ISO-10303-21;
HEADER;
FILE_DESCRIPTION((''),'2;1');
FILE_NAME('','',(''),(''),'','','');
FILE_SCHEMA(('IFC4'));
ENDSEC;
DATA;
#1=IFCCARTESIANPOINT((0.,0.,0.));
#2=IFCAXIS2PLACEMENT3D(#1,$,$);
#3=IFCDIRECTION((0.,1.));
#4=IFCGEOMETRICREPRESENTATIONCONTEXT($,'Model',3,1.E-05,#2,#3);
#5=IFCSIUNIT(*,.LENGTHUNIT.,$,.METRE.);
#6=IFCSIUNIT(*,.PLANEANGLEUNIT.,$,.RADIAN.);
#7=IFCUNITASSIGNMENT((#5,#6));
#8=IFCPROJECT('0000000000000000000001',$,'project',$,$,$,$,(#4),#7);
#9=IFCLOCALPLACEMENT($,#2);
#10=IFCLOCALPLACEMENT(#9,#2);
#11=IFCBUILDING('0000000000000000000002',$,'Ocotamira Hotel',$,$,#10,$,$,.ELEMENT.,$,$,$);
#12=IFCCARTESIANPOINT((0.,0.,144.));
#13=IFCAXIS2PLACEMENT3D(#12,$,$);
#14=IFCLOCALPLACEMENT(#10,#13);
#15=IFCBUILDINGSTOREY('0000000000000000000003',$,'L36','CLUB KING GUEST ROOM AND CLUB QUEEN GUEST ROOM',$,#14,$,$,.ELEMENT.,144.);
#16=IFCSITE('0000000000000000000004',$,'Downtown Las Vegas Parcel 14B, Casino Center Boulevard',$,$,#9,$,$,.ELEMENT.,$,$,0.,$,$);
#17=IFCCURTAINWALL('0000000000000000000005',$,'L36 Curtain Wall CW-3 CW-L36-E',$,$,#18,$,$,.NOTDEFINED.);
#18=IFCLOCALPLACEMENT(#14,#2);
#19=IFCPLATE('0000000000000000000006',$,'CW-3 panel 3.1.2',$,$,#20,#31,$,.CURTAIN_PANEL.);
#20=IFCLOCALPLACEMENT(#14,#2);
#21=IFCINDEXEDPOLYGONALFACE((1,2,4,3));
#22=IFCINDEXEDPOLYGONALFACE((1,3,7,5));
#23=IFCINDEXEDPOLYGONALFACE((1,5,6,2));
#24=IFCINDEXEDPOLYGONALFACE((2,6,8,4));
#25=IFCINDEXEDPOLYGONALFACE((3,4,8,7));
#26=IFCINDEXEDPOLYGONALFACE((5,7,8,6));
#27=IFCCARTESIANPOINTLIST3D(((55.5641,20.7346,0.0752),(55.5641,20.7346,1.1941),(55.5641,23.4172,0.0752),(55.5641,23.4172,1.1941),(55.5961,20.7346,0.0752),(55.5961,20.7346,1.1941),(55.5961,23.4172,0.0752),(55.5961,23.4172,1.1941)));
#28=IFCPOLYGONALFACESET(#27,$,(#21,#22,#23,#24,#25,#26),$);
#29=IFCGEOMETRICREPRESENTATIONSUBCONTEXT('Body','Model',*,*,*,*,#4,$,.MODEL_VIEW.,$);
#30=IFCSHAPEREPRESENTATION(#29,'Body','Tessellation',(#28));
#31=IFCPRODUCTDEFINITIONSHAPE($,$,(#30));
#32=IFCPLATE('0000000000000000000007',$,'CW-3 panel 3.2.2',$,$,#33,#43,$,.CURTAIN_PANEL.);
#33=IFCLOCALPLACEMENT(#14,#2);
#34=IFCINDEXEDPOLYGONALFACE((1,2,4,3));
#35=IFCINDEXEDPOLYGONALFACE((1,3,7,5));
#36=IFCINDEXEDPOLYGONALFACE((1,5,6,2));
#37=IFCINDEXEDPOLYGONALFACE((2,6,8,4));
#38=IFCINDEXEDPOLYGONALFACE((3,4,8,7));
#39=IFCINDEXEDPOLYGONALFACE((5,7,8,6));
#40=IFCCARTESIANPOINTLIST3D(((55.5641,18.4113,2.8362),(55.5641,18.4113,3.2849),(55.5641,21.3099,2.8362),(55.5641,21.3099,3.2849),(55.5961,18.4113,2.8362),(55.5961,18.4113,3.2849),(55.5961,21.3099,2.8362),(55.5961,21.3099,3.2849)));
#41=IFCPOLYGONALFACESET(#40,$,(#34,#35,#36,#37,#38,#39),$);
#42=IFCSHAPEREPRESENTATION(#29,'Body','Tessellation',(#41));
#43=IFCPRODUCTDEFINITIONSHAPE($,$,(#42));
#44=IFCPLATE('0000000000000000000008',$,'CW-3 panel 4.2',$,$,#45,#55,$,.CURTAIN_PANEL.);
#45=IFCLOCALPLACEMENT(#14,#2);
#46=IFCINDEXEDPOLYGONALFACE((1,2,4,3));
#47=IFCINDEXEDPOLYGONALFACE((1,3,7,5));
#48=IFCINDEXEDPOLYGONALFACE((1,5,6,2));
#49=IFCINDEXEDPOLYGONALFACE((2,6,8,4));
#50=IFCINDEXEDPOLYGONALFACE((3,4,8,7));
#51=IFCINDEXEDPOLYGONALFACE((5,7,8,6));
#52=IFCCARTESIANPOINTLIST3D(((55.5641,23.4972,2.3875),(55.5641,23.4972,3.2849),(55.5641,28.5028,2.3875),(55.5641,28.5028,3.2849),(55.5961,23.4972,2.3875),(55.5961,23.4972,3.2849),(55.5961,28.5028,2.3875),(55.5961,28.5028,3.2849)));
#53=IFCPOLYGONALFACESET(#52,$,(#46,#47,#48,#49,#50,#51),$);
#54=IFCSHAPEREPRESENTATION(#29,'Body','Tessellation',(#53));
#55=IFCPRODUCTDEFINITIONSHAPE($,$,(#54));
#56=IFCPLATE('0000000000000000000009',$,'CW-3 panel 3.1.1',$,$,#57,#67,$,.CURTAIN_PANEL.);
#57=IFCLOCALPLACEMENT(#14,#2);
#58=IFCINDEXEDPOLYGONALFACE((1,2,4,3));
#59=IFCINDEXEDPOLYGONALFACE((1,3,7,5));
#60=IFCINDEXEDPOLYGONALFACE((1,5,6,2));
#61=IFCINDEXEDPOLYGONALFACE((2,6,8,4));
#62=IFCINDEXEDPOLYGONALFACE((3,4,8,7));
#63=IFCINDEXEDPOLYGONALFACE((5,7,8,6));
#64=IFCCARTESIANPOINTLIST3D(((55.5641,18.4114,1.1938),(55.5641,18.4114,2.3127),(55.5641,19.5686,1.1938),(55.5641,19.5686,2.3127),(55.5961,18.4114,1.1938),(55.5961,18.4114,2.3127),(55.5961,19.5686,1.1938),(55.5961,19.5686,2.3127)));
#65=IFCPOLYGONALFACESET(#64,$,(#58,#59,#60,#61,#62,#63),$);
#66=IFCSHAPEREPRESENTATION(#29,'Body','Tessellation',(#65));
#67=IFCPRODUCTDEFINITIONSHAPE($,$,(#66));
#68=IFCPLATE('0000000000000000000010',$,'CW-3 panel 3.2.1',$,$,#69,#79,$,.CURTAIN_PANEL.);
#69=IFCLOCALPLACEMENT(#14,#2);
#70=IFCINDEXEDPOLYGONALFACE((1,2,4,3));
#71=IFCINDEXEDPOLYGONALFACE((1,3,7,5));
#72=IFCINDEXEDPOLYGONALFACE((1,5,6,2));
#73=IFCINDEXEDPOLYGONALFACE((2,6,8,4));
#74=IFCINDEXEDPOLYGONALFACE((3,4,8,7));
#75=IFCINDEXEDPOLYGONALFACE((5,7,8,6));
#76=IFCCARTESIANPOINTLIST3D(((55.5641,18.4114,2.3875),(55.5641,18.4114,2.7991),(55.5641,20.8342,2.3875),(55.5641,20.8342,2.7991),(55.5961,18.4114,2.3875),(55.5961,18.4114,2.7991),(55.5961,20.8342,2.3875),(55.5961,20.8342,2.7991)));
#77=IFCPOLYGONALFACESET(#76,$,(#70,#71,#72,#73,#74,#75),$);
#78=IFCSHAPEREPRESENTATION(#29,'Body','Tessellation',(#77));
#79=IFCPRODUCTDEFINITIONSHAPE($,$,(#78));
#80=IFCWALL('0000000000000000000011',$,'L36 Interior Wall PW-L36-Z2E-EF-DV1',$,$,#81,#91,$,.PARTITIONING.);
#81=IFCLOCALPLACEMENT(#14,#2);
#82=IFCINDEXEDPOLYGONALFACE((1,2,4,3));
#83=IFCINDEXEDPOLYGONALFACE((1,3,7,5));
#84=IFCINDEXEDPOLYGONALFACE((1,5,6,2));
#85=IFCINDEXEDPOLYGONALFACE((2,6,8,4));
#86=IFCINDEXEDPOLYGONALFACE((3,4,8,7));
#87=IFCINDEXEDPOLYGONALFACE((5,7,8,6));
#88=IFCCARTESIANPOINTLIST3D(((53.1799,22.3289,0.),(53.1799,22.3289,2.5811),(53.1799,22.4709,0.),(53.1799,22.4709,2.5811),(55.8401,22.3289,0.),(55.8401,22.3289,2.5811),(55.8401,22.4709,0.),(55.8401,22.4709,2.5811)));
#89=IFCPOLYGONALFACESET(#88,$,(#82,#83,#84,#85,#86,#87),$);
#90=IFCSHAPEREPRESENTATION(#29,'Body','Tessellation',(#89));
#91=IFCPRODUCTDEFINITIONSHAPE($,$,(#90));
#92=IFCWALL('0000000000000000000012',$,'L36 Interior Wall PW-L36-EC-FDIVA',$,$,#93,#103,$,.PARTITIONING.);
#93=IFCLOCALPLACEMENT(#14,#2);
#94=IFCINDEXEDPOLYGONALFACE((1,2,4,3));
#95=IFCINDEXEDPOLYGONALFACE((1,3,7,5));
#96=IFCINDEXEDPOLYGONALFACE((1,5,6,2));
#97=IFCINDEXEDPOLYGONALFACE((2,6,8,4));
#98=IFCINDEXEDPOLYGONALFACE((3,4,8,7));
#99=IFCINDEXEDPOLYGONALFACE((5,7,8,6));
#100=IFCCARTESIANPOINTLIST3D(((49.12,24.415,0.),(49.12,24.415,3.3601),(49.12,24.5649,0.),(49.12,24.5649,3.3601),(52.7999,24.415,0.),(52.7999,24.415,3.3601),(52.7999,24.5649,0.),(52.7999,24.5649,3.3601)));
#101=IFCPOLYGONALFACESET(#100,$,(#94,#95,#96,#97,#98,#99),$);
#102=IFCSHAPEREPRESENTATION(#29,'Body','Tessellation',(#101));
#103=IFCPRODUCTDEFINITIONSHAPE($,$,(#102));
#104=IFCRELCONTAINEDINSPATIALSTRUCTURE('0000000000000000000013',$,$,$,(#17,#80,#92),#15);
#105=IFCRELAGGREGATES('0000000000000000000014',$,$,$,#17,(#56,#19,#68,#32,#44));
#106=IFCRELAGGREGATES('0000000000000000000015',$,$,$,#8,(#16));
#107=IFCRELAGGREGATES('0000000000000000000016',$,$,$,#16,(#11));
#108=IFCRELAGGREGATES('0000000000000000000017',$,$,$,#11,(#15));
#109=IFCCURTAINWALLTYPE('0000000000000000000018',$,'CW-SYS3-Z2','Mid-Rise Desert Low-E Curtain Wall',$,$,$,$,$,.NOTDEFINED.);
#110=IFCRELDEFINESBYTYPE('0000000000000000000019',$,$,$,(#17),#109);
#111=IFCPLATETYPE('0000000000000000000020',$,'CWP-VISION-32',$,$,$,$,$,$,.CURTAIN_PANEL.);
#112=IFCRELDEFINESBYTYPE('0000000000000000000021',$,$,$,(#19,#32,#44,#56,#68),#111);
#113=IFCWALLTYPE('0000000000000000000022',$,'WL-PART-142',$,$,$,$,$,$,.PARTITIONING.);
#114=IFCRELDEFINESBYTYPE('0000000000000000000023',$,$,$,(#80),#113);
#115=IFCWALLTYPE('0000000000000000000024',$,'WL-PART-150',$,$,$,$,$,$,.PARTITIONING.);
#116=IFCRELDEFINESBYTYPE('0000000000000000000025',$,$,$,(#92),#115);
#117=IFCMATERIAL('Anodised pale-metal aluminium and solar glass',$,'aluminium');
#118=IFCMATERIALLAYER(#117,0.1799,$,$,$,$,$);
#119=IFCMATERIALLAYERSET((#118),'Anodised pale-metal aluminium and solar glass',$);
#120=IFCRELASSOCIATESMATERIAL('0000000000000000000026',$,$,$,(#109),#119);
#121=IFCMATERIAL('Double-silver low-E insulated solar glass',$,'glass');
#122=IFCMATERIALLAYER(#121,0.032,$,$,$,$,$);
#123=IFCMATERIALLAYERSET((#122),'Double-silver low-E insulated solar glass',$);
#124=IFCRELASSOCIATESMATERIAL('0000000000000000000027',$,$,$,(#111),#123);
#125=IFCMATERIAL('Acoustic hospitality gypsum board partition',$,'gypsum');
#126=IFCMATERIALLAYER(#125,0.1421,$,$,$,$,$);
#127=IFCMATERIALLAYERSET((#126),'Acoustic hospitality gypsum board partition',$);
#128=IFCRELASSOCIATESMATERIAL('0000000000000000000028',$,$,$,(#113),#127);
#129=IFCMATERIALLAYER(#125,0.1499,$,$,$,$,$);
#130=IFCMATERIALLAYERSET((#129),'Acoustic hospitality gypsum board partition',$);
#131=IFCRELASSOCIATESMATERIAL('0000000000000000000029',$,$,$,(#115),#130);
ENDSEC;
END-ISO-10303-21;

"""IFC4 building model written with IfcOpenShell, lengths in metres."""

from ifc_helpers import new_model, si_unit, direction, frame, frame_2d, origin, origin_2d, place, context, subcontext, project, spatial, rectangle, extrude, source, transform, mapped, material, layer, layer_set, type_object, element, aggregate, save


model = new_model("IFC4")

# Units and contexts
model_context = context("Model", 3, precision=1e-05, world=origin(), true_north=direction((0.0, 1.0)))
body_context = subcontext(model_context, "Body", "Model", "MODEL_VIEW")
ifc_project = project(units=[si_unit("LENGTHUNIT", "METRE"), si_unit("PLANEANGLEUNIT", "RADIAN")], contexts=[model_context])

# Site, building, storey
site_placement = place(None, origin())
site = spatial("IfcSite", under=ifc_project, at=site_placement, Name="Downtown Las Vegas Parcel 14B, Casino Center Boulevard", CompositionType="ELEMENT", RefElevation=0.0)
building_placement = place(site_placement, origin())
building = spatial("IfcBuilding", under=site, at=building_placement, Name="Ocotamira Hotel", CompositionType="ELEMENT")
storey_placement = place(building_placement, frame((0.0, 0.0, 144.0)))
storey = spatial("IfcBuildingStorey", under=building, at=storey_placement, Name="L36", Description="CLUB KING GUEST ROOM AND CLUB QUEEN GUEST ROOM", CompositionType="ELEMENT", Elevation=144.0)

# Curtain wall
ifc_material_1 = material(Name="Anodised pale-metal aluminium and solar glass", Category="aluminium")
ifc_layer_1 = layer(ifc_material_1, 0.1799)
ifc_layer_set_1 = layer_set([ifc_layer_1], Name="Anodised pale-metal aluminium and solar glass")
curtain_wall_type = type_object("IfcCurtainWallType", Name="CW-SYS3-Z2", Description="Mid-Rise Desert Low-E Curtain Wall", PredefinedType="NOTDEFINED", material=ifc_layer_set_1)
curtain_wall_placement = place(storey_placement, origin())
curtain_wall = element("IfcCurtainWall", 1, at=curtain_wall_placement, inside=storey, type_object=curtain_wall_type, Name="L36 Curtain Wall CW-3 CW-L36-E", PredefinedType="NOTDEFINED")

# Plates
ifc_material_2 = material(Name="Double-silver low-E insulated solar glass", Category="glass")
ifc_layer_2 = layer(ifc_material_2, 0.032)
ifc_layer_set_2 = layer_set([ifc_layer_2], Name="Double-silver low-E insulated solar glass")
plate_type_1 = type_object("IfcPlateType", Name="CWP-VISION-32", PredefinedType="CURTAIN_PANEL", material=ifc_layer_set_2)
shared_shape_1 = source(origin(), body_context, "Body", "SweptSolid", [
    extrude(rectangle(XDim=2.6826, YDim=0.032, at=origin_2d()), origin(), (0.0, 0.0, 1.0), 1.1189),
])
plate_1_placement = place(storey_placement, frame((55.5801, 22.0759, 0.0752), z_axis=(0.0, 0.0, 1.0), x_axis=(0.0, 1.0, 0.0)))
plate_1 = element("IfcPlate", 2, at=plate_1_placement, type_object=plate_type_1, Name="CW-3 panel 3.1.2", PredefinedType="CURTAIN_PANEL", context=body_context, shape_type="MappedRepresentation", body=[
    mapped(shared_shape_1, transform((0.0, 0.0, 0.0), scale=1.0)),
])
shared_shape_2 = source(origin(), body_context, "Body", "SweptSolid", [
    extrude(rectangle(XDim=2.8987, YDim=0.032, at=origin_2d()), origin(), (0.0, 0.0, 1.0), 0.4487),
])
plate_2_placement = place(storey_placement, frame((55.5801, 19.8606, 2.8362), z_axis=(0.0, 0.0, 1.0), x_axis=(0.0, 1.0, 0.0)))
plate_2 = element("IfcPlate", 3, at=plate_2_placement, type_object=plate_type_1, Name="CW-3 panel 3.2.2", PredefinedType="CURTAIN_PANEL", context=body_context, shape_type="MappedRepresentation", body=[
    mapped(shared_shape_2, transform((0.0, 0.0, 0.0), scale=1.0)),
])
shared_shape_3 = source(origin(), body_context, "Body", "SweptSolid", [
    extrude(rectangle(XDim=5.0056, YDim=0.032, at=origin_2d()), origin(), (0.0, 0.0, 1.0), 0.8975),
])
plate_3_placement = place(storey_placement, frame((55.5801, 26.0, 2.3875), z_axis=(0.0, 0.0, 1.0), x_axis=(0.0, 1.0, 0.0)))
plate_3 = element("IfcPlate", 4, at=plate_3_placement, type_object=plate_type_1, Name="CW-3 panel 4.2", PredefinedType="CURTAIN_PANEL", context=body_context, shape_type="MappedRepresentation", body=[
    mapped(shared_shape_3, transform((0.0, 0.0, 0.0), scale=1.0)),
])
shared_shape_4 = source(origin(), body_context, "Body", "SweptSolid", [
    extrude(rectangle(XDim=1.1572, YDim=0.032, at=origin_2d()), origin(), (0.0, 0.0, 1.0), 1.1189),
])
plate_4_placement = place(storey_placement, frame((55.5801, 18.99, 1.1938), z_axis=(0.0, 0.0, 1.0), x_axis=(0.0, 1.0, 0.0)))
plate_4 = element("IfcPlate", 5, at=plate_4_placement, type_object=plate_type_1, Name="CW-3 panel 3.1.1", PredefinedType="CURTAIN_PANEL", context=body_context, shape_type="MappedRepresentation", body=[
    mapped(shared_shape_4, transform((0.0, 0.0, 0.0), scale=1.0)),
])
shared_shape_5 = source(origin(), body_context, "Body", "SweptSolid", [
    extrude(rectangle(XDim=2.4229, YDim=0.032, at=origin_2d()), origin(), (0.0, 0.0, 1.0), 0.4116),
])
plate_5_placement = place(storey_placement, frame((55.5801, 19.6228, 2.3875), z_axis=(0.0, 0.0, 1.0), x_axis=(0.0, 1.0, 0.0)))
plate_5 = element("IfcPlate", 6, at=plate_5_placement, type_object=plate_type_1, Name="CW-3 panel 3.2.1", PredefinedType="CURTAIN_PANEL", context=body_context, shape_type="MappedRepresentation", body=[
    mapped(shared_shape_5, transform((0.0, 0.0, 0.0), scale=1.0)),
])
aggregate(curtain_wall, [plate_4, plate_1, plate_5, plate_2, plate_3])

# Walls
ifc_material_3 = material(Name="Acoustic hospitality gypsum board partition", Category="gypsum")
ifc_layer_3 = layer(ifc_material_3, 0.1421)
ifc_layer_set_3 = layer_set([ifc_layer_3], Name="Acoustic hospitality gypsum board partition")
wall_type_1 = type_object("IfcWallType", Name="WL-PART-142", PredefinedType="PARTITIONING", material=ifc_layer_set_3)
wall_1_placement = place(storey_placement, frame((53.1799, 22.3999, 0.0), z_axis=(0.0, 0.0, 1.0), x_axis=(1.0, 0.0, 0.0)))
element("IfcWall", 7, at=wall_1_placement, inside=storey, type_object=wall_type_1, Name="L36 Interior Wall PW-L36-Z2E-EF-DV1", PredefinedType="PARTITIONING", context=body_context, shape_type="SweptSolid", body=[
    extrude(rectangle(XDim=2.6602, YDim=0.1421, at=frame_2d((1.3301, 0.0))), origin(), (0.0, 0.0, 1.0), 2.5811),
])
ifc_layer_4 = layer(ifc_material_3, 0.1499)
ifc_layer_set_4 = layer_set([ifc_layer_4], Name="Acoustic hospitality gypsum board partition")
wall_type_2 = type_object("IfcWallType", Name="WL-PART-150", PredefinedType="PARTITIONING", material=ifc_layer_set_4)
wall_2_placement = place(storey_placement, frame((49.1201, 24.49, 0.0), z_axis=(0.0, 0.0, 1.0), x_axis=(1.0, 0.0, 0.0)))
element("IfcWall", 8, at=wall_2_placement, inside=storey, type_object=wall_type_2, Name="L36 Interior Wall PW-L36-EC-FDIVA", PredefinedType="PARTITIONING", context=body_context, shape_type="SweptSolid", body=[
    extrude(rectangle(XDim=3.6799, YDim=0.1499, at=frame_2d((1.8398, 0.0))), origin(), (0.0, 0.0, 1.0), 3.3601),
])

save(model, "model.ifc")
